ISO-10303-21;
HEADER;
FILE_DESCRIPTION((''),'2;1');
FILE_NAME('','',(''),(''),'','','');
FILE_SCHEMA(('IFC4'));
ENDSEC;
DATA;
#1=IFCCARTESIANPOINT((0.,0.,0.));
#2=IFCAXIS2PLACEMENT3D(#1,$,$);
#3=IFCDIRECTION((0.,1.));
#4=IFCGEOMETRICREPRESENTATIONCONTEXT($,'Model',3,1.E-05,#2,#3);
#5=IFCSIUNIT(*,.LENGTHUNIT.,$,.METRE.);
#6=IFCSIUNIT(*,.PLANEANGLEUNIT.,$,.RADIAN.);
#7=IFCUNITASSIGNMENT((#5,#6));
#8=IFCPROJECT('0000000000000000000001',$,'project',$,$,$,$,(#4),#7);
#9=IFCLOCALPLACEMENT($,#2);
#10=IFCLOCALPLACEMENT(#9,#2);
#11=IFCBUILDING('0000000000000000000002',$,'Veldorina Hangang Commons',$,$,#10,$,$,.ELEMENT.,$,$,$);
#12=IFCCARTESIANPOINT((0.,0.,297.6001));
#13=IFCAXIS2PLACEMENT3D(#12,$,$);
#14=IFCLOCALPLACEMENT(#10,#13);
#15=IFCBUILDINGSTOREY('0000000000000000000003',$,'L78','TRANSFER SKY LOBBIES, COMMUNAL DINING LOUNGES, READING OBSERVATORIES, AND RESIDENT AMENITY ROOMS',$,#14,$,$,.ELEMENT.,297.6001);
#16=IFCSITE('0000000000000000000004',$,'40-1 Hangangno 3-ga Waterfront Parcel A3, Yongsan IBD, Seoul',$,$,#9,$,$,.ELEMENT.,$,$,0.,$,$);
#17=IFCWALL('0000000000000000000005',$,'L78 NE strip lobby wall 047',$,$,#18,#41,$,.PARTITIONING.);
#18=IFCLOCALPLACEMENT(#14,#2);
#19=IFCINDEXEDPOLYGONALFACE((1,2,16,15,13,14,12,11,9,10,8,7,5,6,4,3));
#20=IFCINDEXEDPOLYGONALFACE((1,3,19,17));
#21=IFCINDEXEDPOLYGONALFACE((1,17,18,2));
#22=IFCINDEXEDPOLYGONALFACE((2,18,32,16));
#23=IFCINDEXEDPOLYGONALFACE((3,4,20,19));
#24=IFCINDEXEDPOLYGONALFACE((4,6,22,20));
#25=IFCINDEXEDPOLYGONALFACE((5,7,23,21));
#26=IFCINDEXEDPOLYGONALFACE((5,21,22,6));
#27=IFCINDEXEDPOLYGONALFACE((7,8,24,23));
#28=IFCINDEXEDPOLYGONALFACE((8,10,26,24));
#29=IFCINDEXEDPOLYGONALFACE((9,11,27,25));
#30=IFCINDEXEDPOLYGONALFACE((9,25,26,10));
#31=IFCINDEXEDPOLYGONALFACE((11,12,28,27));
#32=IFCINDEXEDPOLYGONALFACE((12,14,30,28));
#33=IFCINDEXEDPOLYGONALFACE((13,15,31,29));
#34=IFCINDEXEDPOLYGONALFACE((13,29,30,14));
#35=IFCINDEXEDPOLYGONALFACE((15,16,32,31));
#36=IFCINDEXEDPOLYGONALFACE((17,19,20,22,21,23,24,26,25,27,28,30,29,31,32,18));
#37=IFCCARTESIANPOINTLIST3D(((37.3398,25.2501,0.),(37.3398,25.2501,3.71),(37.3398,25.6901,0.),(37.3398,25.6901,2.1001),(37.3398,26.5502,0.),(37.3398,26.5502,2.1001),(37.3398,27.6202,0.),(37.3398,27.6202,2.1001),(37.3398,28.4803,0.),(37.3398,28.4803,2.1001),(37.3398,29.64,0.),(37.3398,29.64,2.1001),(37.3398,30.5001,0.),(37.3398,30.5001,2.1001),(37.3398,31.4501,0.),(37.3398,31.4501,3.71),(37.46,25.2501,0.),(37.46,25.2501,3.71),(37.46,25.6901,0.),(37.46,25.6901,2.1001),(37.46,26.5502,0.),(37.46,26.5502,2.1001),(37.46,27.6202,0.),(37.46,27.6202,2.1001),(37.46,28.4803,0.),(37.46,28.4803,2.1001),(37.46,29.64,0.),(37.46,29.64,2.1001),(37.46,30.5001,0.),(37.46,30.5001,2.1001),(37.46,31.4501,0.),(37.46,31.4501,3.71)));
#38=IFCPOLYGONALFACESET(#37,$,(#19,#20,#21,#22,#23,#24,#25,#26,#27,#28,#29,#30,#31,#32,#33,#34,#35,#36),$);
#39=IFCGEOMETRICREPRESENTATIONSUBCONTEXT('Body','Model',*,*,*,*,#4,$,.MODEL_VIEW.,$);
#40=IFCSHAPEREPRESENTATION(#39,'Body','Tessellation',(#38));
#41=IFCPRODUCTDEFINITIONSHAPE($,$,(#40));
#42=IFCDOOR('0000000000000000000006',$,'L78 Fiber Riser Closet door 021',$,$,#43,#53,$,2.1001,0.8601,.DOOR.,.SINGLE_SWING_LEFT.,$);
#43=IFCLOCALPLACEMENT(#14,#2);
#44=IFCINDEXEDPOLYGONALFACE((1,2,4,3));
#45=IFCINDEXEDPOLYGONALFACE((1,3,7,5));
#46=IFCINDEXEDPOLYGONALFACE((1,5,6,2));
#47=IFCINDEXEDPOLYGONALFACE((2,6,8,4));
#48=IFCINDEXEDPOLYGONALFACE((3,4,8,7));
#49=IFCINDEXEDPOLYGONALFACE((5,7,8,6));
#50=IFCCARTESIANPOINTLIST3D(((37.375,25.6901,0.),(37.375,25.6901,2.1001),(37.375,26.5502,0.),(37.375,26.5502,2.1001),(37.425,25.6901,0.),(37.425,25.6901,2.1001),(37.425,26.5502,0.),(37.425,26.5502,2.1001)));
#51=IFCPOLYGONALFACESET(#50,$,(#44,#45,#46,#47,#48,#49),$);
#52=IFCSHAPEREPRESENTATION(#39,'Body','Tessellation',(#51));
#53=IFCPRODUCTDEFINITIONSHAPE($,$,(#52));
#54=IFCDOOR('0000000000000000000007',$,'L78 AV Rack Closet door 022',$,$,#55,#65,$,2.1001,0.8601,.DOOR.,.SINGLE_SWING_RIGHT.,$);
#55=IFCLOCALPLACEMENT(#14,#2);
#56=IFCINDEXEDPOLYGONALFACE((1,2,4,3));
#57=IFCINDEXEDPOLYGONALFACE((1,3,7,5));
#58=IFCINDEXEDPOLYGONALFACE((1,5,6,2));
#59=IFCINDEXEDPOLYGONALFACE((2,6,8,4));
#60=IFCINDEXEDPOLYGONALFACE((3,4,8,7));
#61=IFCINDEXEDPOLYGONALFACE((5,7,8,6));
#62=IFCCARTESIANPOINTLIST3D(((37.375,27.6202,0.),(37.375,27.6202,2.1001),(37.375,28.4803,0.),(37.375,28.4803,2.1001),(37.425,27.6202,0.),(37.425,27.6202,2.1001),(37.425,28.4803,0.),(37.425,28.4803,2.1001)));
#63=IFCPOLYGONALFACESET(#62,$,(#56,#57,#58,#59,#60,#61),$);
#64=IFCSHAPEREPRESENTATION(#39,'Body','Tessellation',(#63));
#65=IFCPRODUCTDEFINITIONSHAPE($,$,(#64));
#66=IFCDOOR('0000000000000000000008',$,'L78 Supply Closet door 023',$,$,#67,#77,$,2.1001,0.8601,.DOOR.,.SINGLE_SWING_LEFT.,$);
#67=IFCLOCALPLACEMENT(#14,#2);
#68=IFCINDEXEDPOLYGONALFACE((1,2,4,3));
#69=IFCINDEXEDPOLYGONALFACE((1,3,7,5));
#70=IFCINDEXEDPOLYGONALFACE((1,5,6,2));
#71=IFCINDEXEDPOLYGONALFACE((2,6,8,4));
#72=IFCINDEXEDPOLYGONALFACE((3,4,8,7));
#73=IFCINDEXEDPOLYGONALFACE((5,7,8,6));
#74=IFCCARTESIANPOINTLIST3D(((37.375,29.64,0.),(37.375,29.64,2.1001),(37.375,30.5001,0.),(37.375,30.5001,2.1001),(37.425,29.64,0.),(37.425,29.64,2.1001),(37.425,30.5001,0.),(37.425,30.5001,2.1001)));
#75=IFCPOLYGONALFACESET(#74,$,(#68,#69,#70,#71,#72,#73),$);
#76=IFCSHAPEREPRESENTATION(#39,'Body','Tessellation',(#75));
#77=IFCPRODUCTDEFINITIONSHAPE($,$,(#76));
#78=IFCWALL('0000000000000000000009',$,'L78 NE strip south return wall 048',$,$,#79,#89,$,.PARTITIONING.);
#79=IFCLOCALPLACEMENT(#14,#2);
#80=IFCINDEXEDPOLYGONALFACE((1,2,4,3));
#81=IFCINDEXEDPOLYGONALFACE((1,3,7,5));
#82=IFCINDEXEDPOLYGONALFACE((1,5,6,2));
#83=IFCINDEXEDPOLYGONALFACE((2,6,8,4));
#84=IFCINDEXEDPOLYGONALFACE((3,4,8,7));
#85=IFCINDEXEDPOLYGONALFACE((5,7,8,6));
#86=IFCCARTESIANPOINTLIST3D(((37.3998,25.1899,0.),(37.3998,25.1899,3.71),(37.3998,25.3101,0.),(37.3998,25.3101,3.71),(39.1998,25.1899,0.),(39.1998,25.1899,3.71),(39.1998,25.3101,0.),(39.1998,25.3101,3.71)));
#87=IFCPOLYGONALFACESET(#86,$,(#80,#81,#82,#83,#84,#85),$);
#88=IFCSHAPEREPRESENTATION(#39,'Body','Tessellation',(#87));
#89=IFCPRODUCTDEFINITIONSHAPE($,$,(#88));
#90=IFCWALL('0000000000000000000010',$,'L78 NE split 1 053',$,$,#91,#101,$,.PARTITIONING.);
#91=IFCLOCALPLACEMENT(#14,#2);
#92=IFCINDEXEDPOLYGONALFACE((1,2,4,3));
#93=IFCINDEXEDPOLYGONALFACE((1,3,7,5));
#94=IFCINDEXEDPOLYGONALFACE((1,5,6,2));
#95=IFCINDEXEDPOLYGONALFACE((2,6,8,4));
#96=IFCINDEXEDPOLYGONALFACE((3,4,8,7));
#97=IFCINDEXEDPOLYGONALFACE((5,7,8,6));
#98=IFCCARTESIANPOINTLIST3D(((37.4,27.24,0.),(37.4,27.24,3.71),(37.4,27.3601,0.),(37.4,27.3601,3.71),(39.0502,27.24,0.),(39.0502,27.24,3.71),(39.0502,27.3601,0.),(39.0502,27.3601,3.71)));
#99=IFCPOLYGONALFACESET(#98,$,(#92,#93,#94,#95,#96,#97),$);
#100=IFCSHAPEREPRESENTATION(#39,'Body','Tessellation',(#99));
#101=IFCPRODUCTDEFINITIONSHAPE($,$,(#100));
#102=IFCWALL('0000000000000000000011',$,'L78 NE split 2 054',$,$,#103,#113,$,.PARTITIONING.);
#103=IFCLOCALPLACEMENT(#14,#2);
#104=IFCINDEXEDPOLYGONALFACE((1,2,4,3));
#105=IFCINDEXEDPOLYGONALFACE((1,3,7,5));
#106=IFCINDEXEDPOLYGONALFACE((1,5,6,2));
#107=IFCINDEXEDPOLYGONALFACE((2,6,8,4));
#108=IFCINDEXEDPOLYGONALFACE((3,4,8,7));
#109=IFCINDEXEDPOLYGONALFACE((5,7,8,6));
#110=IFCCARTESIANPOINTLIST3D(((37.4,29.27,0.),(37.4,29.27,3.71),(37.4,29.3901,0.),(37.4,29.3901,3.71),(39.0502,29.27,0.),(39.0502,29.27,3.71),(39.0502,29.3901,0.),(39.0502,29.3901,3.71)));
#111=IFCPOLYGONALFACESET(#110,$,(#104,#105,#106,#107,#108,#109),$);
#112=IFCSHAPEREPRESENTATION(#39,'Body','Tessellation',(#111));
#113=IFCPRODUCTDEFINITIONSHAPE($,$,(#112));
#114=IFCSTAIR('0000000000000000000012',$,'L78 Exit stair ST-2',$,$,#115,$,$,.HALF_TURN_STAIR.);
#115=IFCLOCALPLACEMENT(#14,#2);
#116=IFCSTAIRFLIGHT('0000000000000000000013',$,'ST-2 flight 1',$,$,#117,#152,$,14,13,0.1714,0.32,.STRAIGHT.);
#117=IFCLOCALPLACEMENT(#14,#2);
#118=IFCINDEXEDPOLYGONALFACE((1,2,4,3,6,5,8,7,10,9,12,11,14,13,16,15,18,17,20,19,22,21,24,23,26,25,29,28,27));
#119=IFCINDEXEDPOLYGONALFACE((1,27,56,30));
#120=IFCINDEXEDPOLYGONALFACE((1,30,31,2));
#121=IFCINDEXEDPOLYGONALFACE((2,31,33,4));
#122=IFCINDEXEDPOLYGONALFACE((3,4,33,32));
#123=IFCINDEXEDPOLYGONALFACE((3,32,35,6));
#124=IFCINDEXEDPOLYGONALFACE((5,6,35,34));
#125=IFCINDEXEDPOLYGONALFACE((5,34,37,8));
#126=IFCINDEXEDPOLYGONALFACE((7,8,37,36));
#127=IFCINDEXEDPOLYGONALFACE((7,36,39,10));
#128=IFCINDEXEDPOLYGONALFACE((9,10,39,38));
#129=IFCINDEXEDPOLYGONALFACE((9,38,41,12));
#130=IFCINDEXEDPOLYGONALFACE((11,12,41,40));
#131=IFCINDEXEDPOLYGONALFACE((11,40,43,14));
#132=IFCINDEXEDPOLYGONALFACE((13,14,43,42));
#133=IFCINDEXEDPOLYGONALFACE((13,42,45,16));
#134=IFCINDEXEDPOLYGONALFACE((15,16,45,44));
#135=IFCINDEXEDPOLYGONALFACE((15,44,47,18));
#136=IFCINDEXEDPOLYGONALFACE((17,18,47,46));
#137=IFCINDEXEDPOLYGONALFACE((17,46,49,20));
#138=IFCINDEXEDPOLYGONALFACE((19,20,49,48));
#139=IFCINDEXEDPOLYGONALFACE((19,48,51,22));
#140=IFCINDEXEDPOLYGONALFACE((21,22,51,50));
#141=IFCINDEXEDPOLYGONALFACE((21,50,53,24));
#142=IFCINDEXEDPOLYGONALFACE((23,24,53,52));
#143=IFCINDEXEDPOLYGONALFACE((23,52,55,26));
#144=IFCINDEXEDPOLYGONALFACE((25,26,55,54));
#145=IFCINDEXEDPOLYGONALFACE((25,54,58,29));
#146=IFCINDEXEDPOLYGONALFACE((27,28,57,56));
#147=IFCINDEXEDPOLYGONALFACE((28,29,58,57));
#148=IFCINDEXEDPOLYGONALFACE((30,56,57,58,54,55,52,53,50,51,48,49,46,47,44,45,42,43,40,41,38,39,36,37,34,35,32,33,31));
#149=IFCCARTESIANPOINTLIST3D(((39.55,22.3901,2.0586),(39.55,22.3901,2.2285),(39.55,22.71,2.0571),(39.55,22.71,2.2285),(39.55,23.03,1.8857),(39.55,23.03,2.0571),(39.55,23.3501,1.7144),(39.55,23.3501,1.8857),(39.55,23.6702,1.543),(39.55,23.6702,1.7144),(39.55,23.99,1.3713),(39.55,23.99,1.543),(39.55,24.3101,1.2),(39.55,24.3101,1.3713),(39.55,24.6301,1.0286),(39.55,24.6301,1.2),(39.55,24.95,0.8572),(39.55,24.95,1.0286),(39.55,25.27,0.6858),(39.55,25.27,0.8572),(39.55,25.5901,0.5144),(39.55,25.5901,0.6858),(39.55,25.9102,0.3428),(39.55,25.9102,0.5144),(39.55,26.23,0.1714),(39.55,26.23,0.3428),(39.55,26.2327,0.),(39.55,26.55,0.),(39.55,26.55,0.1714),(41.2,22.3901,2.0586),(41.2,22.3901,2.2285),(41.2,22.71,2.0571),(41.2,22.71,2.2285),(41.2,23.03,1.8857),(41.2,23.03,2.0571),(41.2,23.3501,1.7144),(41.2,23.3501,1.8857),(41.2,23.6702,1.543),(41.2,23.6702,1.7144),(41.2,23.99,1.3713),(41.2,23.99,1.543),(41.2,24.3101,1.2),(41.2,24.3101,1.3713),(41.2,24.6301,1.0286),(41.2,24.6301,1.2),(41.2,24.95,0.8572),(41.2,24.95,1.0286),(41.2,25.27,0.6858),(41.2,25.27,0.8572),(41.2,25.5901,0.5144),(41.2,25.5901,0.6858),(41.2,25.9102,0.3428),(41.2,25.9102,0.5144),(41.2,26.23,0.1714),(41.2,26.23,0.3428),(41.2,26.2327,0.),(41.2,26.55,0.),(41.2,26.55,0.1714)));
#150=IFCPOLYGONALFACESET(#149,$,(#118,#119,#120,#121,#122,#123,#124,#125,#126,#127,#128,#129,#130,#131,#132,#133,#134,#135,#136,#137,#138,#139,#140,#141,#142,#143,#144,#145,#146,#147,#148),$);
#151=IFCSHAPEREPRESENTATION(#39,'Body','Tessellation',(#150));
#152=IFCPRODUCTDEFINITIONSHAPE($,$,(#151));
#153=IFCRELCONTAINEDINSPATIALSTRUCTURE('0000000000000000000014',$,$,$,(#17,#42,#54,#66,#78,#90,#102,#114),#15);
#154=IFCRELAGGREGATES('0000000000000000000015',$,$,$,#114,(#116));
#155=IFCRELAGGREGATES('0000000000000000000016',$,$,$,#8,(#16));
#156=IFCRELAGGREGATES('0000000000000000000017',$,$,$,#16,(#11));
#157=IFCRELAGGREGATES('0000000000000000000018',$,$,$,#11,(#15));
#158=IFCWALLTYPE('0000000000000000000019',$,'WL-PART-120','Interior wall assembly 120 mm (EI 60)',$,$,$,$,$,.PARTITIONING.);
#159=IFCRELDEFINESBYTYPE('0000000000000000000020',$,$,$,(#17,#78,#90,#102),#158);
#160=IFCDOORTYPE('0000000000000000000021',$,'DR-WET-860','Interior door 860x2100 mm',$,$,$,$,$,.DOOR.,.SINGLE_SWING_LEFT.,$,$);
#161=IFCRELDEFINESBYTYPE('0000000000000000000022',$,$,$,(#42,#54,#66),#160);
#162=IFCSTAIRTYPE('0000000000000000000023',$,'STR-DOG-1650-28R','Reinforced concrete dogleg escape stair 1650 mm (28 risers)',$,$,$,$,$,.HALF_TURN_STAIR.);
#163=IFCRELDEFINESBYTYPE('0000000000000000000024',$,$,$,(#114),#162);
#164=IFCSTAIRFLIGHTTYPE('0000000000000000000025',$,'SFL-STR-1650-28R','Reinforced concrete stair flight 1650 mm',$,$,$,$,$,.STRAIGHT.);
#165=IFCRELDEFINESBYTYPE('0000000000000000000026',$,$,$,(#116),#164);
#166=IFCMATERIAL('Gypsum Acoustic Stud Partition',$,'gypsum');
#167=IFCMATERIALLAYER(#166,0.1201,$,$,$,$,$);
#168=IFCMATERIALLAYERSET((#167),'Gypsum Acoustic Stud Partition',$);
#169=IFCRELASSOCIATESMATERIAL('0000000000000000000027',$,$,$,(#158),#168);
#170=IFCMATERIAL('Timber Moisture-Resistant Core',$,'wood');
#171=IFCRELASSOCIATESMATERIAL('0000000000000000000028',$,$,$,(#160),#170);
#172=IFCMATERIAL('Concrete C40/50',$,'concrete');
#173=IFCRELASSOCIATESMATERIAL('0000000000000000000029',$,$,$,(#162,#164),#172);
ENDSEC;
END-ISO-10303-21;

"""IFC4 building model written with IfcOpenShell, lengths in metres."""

from ifc_helpers import new_model, si_unit, direction, frame, frame_2d, origin, place, context, subcontext, project, spatial, polyline, rectangle, outline, extrude, material, layer, layer_set, type_object, element, fill, aggregate, save


model = new_model("IFC4")

# Units and contexts
model_context = context("Model", 3, precision=1e-05, world=origin(), true_north=direction((0.0, 1.0)))
body_context = subcontext(model_context, "Body", "Model", "MODEL_VIEW")
ifc_project = project(units=[si_unit("LENGTHUNIT", "METRE"), si_unit("PLANEANGLEUNIT", "RADIAN")], contexts=[model_context])

# Site, building, storey
site_placement = place(None, origin())
site = spatial("IfcSite", under=ifc_project, at=site_placement, Name="40-1 Hangangno 3-ga Waterfront Parcel A3, Yongsan IBD, Seoul", CompositionType="ELEMENT", RefElevation=0.0)
building_placement = place(site_placement, origin())
building = spatial("IfcBuilding", under=site, at=building_placement, Name="Veldorina Hangang Commons", CompositionType="ELEMENT")
storey_placement = place(building_placement, frame((0.0, 0.0, 297.6001)))
storey = spatial("IfcBuildingStorey", under=building, at=storey_placement, Name="L78", Description="TRANSFER SKY LOBBIES, COMMUNAL DINING LOUNGES, READING OBSERVATORIES, AND RESIDENT AMENITY ROOMS", CompositionType="ELEMENT", Elevation=297.6001)

# Shared definitions
ifc_material_1 = material(Name="Gypsum Acoustic Stud Partition", Category="gypsum")
ifc_layer_1 = layer(ifc_material_1, 0.1201)
ifc_layer_set_1 = layer_set([ifc_layer_1], Name="Gypsum Acoustic Stud Partition")
wall_type_1 = type_object("IfcWallType", Name="WL-PART-120", Description="Interior wall assembly 120 mm (EI 60)", PredefinedType="PARTITIONING", material=ifc_layer_set_1)

# Wall, openings, doors
wall_1_placement = place(storey_placement, frame((37.3999, 25.25, 0.0), z_axis=(0.0, 0.0, 1.0), x_axis=(0.0, 1.0, 0.0)))
wall_1 = element("IfcWall", 1, at=wall_1_placement, inside=storey, type_object=wall_type_1, Name="L78 NE strip lobby wall 047", PredefinedType="PARTITIONING", context=body_context, shape_type="SweptSolid", body=[
    extrude(rectangle(XDim=6.2, YDim=0.1201, at=frame_2d((3.1001, 0.0))), origin(), (0.0, 0.0, 1.0), 3.71),
])
opening_1_placement = place(wall_1_placement, frame((0.4399, 0.0, 0.0)))
opening_1 = element("IfcOpeningElement", 2, at=opening_1_placement, cuts=wall_1, PredefinedType="OPENING", context=body_context, shape_type="SweptSolid", body=[
    extrude(rectangle(XDim=0.8601, YDim=2.1001, at=frame_2d((0.4302, 1.05))), frame((0.0, 0.0701, 0.0), z_axis=(0.0, -1.0, 0.0), x_axis=(1.0, 0.0, 0.0)), (0.0, 0.0, 1.0), 0.1401),
])
opening_2_placement = place(wall_1_placement, frame((2.3701, 0.0, 0.0)))
opening_2 = element("IfcOpeningElement", 3, at=opening_2_placement, cuts=wall_1, PredefinedType="OPENING", context=body_context, shape_type="SweptSolid", body=[
    extrude(rectangle(XDim=0.8601, YDim=2.1001, at=frame_2d((0.4302, 1.05))), frame((0.0, 0.0701, 0.0), z_axis=(0.0, -1.0, 0.0), x_axis=(1.0, 0.0, 0.0)), (0.0, 0.0, 1.0), 0.1401),
])
opening_3_placement = place(wall_1_placement, frame((4.3899, 0.0, 0.0)))
opening_3 = element("IfcOpeningElement", 4, at=opening_3_placement, cuts=wall_1, PredefinedType="OPENING", context=body_context, shape_type="SweptSolid", body=[
    extrude(rectangle(XDim=0.8601, YDim=2.1001, at=frame_2d((0.4302, 1.05))), frame((0.0, 0.0701, 0.0), z_axis=(0.0, -1.0, 0.0), x_axis=(1.0, 0.0, 0.0)), (0.0, 0.0, 1.0), 0.1401),
])
ifc_material_2 = material(Name="Timber Moisture-Resistant Core", Category="wood")
door_type_1 = type_object("IfcDoorType", Name="DR-WET-860", Description="Interior door 860x2100 mm", OperationType="SINGLE_SWING_LEFT", PredefinedType="DOOR", material=ifc_material_2)
door_1_placement = place(opening_1_placement, origin())
door_1 = element("IfcDoor", 5, at=door_1_placement, inside=storey, type_object=door_type_1, Name="L78 Fiber Riser Closet door 021", OperationType="SINGLE_SWING_LEFT", OverallHeight=2.1001, OverallWidth=0.8601, PredefinedType="DOOR", context=body_context, shape_type="SweptSolid", body=[
    extrude(rectangle(XDim=0.8601, YDim=2.1001, at=frame_2d((0.4302, 1.05))), frame((0.0, 0.0249, 0.0), z_axis=(0.0, -1.0, 0.0), x_axis=(1.0, 0.0, 0.0)), (0.0, 0.0, 1.0), 0.05),
])
fill(opening_1, door_1)
door_2_placement = place(opening_2_placement, origin())
door_2 = element("IfcDoor", 6, at=door_2_placement, inside=storey, type_object=door_type_1, Name="L78 AV Rack Closet door 022", OperationType="SINGLE_SWING_RIGHT", OverallHeight=2.1001, OverallWidth=0.8601, PredefinedType="DOOR", context=body_context, shape_type="SweptSolid", body=[
    extrude(rectangle(XDim=0.8601, YDim=2.1001, at=frame_2d((0.4302, 1.05))), frame((0.0, 0.0249, 0.0), z_axis=(0.0, -1.0, 0.0), x_axis=(1.0, 0.0, 0.0)), (0.0, 0.0, 1.0), 0.05),
])
fill(opening_2, door_2)
door_3_placement = place(opening_3_placement, origin())
door_3 = element("IfcDoor", 7, at=door_3_placement, inside=storey, type_object=door_type_1, Name="L78 Supply Closet door 023", OperationType="SINGLE_SWING_LEFT", OverallHeight=2.1001, OverallWidth=0.8601, PredefinedType="DOOR", context=body_context, shape_type="SweptSolid", body=[
    extrude(rectangle(XDim=0.8601, YDim=2.1001, at=frame_2d((0.4302, 1.05))), frame((0.0, 0.0249, 0.0), z_axis=(0.0, -1.0, 0.0), x_axis=(1.0, 0.0, 0.0)), (0.0, 0.0, 1.0), 0.05),
])
fill(opening_3, door_3)

# Walls
wall_2_placement = place(storey_placement, frame((37.3999, 25.25, 0.0), z_axis=(0.0, 0.0, 1.0), x_axis=(1.0, 0.0, 0.0)))
element("IfcWall", 8, at=wall_2_placement, inside=storey, type_object=wall_type_1, Name="L78 NE strip south return wall 048", PredefinedType="PARTITIONING", context=body_context, shape_type="SweptSolid", body=[
    extrude(rectangle(XDim=1.8, YDim=0.1201, at=frame_2d((0.8999, 0.0))), origin(), (0.0, 0.0, 1.0), 3.71),
])
for number, where, z_axis, x_axis, name in (
    (9, (37.3999, 27.3, 0.0), (0.0, 0.0, 1.0), (1.0, 0.0, 0.0), "L78 NE split 1 053"),
    (10, (37.3999, 29.3301, 0.0), (0.0, 0.0, 1.0), (1.0, 0.0, 0.0), "L78 NE split 2 054"),
):
    element("IfcWall", number, at=place(storey_placement, frame(where, z_axis=z_axis, x_axis=x_axis)), inside=storey, type_object=wall_type_1, Name=name, PredefinedType="PARTITIONING", context=body_context, shape_type="SweptSolid", body=[
        extrude(rectangle(XDim=1.6501, YDim=0.1201, at=frame_2d((0.8252, 0.0))), origin(), (0.0, 0.0, 1.0), 3.71),
    ])

# Stair, stair flight
ifc_material_3 = material(Name="Concrete C40/50", Category="concrete")
stair_type = type_object("IfcStairType", Name="STR-DOG-1650-28R", Description="Reinforced concrete dogleg escape stair 1650 mm (28 risers)", PredefinedType="HALF_TURN_STAIR", material=ifc_material_3)
stair_placement = place(storey_placement, origin())
stair = element("IfcStair", 11, at=stair_placement, inside=storey, type_object=stair_type, Name="L78 Exit stair ST-2", PredefinedType="HALF_TURN_STAIR")
stair_flight_type = type_object("IfcStairFlightType", Name="SFL-STR-1650-28R", Description="Reinforced concrete stair flight 1650 mm", PredefinedType="STRAIGHT", material=ifc_material_3)
stair_flight_placement = place(storey_placement, frame((40.375, 26.55, 0.0), z_axis=(0.0, 0.0, 1.0), x_axis=(0.0, -1.0, 0.0)))
stair_flight = element("IfcStairFlight", 12, at=stair_flight_placement, type_object=stair_flight_type, Name="ST-2 flight 1", NumberOfRisers=14, NumberOfTreads=13, PredefinedType="STRAIGHT", RiserHeight=0.1714, TreadLength=0.32, context=body_context, shape_type="SweptSolid", body=[
    extrude(outline(polyline([(0.0, 0.0), (0.0, 0.1714), (0.3201, 0.1714), (0.3201, 0.3428), (0.6399, 0.3428), (0.6399, 0.5144), (0.96, 0.5144), (0.96, 0.6858), (1.28, 0.6858), (1.28, 0.8572), (1.6001, 0.8572), (1.6001, 1.0286), (1.9199, 1.0286), (1.9199, 1.2), (2.24, 1.2), (2.24, 1.3713), (2.5601, 1.3713), (2.5601, 1.543), (2.8799, 1.543), (2.8799, 1.7144), (3.2, 1.7144), (3.2, 1.8857), (3.52, 1.8857), (3.52, 2.0571), (3.8401, 2.0571), (3.8401, 2.2285), (4.1599, 2.2285), (4.1599, 2.3999), (4.1599, 2.0586), (0.3174, 0.0), (0.0, 0.0)])), frame((0.0, 0.825, 0.0), z_axis=(0.0, -1.0, 0.0), x_axis=(1.0, 0.0, 0.0)), (0.0, 0.0, 1.0), 1.6499),
])
aggregate(stair, [stair_flight])

save(model, "model.ifc")
